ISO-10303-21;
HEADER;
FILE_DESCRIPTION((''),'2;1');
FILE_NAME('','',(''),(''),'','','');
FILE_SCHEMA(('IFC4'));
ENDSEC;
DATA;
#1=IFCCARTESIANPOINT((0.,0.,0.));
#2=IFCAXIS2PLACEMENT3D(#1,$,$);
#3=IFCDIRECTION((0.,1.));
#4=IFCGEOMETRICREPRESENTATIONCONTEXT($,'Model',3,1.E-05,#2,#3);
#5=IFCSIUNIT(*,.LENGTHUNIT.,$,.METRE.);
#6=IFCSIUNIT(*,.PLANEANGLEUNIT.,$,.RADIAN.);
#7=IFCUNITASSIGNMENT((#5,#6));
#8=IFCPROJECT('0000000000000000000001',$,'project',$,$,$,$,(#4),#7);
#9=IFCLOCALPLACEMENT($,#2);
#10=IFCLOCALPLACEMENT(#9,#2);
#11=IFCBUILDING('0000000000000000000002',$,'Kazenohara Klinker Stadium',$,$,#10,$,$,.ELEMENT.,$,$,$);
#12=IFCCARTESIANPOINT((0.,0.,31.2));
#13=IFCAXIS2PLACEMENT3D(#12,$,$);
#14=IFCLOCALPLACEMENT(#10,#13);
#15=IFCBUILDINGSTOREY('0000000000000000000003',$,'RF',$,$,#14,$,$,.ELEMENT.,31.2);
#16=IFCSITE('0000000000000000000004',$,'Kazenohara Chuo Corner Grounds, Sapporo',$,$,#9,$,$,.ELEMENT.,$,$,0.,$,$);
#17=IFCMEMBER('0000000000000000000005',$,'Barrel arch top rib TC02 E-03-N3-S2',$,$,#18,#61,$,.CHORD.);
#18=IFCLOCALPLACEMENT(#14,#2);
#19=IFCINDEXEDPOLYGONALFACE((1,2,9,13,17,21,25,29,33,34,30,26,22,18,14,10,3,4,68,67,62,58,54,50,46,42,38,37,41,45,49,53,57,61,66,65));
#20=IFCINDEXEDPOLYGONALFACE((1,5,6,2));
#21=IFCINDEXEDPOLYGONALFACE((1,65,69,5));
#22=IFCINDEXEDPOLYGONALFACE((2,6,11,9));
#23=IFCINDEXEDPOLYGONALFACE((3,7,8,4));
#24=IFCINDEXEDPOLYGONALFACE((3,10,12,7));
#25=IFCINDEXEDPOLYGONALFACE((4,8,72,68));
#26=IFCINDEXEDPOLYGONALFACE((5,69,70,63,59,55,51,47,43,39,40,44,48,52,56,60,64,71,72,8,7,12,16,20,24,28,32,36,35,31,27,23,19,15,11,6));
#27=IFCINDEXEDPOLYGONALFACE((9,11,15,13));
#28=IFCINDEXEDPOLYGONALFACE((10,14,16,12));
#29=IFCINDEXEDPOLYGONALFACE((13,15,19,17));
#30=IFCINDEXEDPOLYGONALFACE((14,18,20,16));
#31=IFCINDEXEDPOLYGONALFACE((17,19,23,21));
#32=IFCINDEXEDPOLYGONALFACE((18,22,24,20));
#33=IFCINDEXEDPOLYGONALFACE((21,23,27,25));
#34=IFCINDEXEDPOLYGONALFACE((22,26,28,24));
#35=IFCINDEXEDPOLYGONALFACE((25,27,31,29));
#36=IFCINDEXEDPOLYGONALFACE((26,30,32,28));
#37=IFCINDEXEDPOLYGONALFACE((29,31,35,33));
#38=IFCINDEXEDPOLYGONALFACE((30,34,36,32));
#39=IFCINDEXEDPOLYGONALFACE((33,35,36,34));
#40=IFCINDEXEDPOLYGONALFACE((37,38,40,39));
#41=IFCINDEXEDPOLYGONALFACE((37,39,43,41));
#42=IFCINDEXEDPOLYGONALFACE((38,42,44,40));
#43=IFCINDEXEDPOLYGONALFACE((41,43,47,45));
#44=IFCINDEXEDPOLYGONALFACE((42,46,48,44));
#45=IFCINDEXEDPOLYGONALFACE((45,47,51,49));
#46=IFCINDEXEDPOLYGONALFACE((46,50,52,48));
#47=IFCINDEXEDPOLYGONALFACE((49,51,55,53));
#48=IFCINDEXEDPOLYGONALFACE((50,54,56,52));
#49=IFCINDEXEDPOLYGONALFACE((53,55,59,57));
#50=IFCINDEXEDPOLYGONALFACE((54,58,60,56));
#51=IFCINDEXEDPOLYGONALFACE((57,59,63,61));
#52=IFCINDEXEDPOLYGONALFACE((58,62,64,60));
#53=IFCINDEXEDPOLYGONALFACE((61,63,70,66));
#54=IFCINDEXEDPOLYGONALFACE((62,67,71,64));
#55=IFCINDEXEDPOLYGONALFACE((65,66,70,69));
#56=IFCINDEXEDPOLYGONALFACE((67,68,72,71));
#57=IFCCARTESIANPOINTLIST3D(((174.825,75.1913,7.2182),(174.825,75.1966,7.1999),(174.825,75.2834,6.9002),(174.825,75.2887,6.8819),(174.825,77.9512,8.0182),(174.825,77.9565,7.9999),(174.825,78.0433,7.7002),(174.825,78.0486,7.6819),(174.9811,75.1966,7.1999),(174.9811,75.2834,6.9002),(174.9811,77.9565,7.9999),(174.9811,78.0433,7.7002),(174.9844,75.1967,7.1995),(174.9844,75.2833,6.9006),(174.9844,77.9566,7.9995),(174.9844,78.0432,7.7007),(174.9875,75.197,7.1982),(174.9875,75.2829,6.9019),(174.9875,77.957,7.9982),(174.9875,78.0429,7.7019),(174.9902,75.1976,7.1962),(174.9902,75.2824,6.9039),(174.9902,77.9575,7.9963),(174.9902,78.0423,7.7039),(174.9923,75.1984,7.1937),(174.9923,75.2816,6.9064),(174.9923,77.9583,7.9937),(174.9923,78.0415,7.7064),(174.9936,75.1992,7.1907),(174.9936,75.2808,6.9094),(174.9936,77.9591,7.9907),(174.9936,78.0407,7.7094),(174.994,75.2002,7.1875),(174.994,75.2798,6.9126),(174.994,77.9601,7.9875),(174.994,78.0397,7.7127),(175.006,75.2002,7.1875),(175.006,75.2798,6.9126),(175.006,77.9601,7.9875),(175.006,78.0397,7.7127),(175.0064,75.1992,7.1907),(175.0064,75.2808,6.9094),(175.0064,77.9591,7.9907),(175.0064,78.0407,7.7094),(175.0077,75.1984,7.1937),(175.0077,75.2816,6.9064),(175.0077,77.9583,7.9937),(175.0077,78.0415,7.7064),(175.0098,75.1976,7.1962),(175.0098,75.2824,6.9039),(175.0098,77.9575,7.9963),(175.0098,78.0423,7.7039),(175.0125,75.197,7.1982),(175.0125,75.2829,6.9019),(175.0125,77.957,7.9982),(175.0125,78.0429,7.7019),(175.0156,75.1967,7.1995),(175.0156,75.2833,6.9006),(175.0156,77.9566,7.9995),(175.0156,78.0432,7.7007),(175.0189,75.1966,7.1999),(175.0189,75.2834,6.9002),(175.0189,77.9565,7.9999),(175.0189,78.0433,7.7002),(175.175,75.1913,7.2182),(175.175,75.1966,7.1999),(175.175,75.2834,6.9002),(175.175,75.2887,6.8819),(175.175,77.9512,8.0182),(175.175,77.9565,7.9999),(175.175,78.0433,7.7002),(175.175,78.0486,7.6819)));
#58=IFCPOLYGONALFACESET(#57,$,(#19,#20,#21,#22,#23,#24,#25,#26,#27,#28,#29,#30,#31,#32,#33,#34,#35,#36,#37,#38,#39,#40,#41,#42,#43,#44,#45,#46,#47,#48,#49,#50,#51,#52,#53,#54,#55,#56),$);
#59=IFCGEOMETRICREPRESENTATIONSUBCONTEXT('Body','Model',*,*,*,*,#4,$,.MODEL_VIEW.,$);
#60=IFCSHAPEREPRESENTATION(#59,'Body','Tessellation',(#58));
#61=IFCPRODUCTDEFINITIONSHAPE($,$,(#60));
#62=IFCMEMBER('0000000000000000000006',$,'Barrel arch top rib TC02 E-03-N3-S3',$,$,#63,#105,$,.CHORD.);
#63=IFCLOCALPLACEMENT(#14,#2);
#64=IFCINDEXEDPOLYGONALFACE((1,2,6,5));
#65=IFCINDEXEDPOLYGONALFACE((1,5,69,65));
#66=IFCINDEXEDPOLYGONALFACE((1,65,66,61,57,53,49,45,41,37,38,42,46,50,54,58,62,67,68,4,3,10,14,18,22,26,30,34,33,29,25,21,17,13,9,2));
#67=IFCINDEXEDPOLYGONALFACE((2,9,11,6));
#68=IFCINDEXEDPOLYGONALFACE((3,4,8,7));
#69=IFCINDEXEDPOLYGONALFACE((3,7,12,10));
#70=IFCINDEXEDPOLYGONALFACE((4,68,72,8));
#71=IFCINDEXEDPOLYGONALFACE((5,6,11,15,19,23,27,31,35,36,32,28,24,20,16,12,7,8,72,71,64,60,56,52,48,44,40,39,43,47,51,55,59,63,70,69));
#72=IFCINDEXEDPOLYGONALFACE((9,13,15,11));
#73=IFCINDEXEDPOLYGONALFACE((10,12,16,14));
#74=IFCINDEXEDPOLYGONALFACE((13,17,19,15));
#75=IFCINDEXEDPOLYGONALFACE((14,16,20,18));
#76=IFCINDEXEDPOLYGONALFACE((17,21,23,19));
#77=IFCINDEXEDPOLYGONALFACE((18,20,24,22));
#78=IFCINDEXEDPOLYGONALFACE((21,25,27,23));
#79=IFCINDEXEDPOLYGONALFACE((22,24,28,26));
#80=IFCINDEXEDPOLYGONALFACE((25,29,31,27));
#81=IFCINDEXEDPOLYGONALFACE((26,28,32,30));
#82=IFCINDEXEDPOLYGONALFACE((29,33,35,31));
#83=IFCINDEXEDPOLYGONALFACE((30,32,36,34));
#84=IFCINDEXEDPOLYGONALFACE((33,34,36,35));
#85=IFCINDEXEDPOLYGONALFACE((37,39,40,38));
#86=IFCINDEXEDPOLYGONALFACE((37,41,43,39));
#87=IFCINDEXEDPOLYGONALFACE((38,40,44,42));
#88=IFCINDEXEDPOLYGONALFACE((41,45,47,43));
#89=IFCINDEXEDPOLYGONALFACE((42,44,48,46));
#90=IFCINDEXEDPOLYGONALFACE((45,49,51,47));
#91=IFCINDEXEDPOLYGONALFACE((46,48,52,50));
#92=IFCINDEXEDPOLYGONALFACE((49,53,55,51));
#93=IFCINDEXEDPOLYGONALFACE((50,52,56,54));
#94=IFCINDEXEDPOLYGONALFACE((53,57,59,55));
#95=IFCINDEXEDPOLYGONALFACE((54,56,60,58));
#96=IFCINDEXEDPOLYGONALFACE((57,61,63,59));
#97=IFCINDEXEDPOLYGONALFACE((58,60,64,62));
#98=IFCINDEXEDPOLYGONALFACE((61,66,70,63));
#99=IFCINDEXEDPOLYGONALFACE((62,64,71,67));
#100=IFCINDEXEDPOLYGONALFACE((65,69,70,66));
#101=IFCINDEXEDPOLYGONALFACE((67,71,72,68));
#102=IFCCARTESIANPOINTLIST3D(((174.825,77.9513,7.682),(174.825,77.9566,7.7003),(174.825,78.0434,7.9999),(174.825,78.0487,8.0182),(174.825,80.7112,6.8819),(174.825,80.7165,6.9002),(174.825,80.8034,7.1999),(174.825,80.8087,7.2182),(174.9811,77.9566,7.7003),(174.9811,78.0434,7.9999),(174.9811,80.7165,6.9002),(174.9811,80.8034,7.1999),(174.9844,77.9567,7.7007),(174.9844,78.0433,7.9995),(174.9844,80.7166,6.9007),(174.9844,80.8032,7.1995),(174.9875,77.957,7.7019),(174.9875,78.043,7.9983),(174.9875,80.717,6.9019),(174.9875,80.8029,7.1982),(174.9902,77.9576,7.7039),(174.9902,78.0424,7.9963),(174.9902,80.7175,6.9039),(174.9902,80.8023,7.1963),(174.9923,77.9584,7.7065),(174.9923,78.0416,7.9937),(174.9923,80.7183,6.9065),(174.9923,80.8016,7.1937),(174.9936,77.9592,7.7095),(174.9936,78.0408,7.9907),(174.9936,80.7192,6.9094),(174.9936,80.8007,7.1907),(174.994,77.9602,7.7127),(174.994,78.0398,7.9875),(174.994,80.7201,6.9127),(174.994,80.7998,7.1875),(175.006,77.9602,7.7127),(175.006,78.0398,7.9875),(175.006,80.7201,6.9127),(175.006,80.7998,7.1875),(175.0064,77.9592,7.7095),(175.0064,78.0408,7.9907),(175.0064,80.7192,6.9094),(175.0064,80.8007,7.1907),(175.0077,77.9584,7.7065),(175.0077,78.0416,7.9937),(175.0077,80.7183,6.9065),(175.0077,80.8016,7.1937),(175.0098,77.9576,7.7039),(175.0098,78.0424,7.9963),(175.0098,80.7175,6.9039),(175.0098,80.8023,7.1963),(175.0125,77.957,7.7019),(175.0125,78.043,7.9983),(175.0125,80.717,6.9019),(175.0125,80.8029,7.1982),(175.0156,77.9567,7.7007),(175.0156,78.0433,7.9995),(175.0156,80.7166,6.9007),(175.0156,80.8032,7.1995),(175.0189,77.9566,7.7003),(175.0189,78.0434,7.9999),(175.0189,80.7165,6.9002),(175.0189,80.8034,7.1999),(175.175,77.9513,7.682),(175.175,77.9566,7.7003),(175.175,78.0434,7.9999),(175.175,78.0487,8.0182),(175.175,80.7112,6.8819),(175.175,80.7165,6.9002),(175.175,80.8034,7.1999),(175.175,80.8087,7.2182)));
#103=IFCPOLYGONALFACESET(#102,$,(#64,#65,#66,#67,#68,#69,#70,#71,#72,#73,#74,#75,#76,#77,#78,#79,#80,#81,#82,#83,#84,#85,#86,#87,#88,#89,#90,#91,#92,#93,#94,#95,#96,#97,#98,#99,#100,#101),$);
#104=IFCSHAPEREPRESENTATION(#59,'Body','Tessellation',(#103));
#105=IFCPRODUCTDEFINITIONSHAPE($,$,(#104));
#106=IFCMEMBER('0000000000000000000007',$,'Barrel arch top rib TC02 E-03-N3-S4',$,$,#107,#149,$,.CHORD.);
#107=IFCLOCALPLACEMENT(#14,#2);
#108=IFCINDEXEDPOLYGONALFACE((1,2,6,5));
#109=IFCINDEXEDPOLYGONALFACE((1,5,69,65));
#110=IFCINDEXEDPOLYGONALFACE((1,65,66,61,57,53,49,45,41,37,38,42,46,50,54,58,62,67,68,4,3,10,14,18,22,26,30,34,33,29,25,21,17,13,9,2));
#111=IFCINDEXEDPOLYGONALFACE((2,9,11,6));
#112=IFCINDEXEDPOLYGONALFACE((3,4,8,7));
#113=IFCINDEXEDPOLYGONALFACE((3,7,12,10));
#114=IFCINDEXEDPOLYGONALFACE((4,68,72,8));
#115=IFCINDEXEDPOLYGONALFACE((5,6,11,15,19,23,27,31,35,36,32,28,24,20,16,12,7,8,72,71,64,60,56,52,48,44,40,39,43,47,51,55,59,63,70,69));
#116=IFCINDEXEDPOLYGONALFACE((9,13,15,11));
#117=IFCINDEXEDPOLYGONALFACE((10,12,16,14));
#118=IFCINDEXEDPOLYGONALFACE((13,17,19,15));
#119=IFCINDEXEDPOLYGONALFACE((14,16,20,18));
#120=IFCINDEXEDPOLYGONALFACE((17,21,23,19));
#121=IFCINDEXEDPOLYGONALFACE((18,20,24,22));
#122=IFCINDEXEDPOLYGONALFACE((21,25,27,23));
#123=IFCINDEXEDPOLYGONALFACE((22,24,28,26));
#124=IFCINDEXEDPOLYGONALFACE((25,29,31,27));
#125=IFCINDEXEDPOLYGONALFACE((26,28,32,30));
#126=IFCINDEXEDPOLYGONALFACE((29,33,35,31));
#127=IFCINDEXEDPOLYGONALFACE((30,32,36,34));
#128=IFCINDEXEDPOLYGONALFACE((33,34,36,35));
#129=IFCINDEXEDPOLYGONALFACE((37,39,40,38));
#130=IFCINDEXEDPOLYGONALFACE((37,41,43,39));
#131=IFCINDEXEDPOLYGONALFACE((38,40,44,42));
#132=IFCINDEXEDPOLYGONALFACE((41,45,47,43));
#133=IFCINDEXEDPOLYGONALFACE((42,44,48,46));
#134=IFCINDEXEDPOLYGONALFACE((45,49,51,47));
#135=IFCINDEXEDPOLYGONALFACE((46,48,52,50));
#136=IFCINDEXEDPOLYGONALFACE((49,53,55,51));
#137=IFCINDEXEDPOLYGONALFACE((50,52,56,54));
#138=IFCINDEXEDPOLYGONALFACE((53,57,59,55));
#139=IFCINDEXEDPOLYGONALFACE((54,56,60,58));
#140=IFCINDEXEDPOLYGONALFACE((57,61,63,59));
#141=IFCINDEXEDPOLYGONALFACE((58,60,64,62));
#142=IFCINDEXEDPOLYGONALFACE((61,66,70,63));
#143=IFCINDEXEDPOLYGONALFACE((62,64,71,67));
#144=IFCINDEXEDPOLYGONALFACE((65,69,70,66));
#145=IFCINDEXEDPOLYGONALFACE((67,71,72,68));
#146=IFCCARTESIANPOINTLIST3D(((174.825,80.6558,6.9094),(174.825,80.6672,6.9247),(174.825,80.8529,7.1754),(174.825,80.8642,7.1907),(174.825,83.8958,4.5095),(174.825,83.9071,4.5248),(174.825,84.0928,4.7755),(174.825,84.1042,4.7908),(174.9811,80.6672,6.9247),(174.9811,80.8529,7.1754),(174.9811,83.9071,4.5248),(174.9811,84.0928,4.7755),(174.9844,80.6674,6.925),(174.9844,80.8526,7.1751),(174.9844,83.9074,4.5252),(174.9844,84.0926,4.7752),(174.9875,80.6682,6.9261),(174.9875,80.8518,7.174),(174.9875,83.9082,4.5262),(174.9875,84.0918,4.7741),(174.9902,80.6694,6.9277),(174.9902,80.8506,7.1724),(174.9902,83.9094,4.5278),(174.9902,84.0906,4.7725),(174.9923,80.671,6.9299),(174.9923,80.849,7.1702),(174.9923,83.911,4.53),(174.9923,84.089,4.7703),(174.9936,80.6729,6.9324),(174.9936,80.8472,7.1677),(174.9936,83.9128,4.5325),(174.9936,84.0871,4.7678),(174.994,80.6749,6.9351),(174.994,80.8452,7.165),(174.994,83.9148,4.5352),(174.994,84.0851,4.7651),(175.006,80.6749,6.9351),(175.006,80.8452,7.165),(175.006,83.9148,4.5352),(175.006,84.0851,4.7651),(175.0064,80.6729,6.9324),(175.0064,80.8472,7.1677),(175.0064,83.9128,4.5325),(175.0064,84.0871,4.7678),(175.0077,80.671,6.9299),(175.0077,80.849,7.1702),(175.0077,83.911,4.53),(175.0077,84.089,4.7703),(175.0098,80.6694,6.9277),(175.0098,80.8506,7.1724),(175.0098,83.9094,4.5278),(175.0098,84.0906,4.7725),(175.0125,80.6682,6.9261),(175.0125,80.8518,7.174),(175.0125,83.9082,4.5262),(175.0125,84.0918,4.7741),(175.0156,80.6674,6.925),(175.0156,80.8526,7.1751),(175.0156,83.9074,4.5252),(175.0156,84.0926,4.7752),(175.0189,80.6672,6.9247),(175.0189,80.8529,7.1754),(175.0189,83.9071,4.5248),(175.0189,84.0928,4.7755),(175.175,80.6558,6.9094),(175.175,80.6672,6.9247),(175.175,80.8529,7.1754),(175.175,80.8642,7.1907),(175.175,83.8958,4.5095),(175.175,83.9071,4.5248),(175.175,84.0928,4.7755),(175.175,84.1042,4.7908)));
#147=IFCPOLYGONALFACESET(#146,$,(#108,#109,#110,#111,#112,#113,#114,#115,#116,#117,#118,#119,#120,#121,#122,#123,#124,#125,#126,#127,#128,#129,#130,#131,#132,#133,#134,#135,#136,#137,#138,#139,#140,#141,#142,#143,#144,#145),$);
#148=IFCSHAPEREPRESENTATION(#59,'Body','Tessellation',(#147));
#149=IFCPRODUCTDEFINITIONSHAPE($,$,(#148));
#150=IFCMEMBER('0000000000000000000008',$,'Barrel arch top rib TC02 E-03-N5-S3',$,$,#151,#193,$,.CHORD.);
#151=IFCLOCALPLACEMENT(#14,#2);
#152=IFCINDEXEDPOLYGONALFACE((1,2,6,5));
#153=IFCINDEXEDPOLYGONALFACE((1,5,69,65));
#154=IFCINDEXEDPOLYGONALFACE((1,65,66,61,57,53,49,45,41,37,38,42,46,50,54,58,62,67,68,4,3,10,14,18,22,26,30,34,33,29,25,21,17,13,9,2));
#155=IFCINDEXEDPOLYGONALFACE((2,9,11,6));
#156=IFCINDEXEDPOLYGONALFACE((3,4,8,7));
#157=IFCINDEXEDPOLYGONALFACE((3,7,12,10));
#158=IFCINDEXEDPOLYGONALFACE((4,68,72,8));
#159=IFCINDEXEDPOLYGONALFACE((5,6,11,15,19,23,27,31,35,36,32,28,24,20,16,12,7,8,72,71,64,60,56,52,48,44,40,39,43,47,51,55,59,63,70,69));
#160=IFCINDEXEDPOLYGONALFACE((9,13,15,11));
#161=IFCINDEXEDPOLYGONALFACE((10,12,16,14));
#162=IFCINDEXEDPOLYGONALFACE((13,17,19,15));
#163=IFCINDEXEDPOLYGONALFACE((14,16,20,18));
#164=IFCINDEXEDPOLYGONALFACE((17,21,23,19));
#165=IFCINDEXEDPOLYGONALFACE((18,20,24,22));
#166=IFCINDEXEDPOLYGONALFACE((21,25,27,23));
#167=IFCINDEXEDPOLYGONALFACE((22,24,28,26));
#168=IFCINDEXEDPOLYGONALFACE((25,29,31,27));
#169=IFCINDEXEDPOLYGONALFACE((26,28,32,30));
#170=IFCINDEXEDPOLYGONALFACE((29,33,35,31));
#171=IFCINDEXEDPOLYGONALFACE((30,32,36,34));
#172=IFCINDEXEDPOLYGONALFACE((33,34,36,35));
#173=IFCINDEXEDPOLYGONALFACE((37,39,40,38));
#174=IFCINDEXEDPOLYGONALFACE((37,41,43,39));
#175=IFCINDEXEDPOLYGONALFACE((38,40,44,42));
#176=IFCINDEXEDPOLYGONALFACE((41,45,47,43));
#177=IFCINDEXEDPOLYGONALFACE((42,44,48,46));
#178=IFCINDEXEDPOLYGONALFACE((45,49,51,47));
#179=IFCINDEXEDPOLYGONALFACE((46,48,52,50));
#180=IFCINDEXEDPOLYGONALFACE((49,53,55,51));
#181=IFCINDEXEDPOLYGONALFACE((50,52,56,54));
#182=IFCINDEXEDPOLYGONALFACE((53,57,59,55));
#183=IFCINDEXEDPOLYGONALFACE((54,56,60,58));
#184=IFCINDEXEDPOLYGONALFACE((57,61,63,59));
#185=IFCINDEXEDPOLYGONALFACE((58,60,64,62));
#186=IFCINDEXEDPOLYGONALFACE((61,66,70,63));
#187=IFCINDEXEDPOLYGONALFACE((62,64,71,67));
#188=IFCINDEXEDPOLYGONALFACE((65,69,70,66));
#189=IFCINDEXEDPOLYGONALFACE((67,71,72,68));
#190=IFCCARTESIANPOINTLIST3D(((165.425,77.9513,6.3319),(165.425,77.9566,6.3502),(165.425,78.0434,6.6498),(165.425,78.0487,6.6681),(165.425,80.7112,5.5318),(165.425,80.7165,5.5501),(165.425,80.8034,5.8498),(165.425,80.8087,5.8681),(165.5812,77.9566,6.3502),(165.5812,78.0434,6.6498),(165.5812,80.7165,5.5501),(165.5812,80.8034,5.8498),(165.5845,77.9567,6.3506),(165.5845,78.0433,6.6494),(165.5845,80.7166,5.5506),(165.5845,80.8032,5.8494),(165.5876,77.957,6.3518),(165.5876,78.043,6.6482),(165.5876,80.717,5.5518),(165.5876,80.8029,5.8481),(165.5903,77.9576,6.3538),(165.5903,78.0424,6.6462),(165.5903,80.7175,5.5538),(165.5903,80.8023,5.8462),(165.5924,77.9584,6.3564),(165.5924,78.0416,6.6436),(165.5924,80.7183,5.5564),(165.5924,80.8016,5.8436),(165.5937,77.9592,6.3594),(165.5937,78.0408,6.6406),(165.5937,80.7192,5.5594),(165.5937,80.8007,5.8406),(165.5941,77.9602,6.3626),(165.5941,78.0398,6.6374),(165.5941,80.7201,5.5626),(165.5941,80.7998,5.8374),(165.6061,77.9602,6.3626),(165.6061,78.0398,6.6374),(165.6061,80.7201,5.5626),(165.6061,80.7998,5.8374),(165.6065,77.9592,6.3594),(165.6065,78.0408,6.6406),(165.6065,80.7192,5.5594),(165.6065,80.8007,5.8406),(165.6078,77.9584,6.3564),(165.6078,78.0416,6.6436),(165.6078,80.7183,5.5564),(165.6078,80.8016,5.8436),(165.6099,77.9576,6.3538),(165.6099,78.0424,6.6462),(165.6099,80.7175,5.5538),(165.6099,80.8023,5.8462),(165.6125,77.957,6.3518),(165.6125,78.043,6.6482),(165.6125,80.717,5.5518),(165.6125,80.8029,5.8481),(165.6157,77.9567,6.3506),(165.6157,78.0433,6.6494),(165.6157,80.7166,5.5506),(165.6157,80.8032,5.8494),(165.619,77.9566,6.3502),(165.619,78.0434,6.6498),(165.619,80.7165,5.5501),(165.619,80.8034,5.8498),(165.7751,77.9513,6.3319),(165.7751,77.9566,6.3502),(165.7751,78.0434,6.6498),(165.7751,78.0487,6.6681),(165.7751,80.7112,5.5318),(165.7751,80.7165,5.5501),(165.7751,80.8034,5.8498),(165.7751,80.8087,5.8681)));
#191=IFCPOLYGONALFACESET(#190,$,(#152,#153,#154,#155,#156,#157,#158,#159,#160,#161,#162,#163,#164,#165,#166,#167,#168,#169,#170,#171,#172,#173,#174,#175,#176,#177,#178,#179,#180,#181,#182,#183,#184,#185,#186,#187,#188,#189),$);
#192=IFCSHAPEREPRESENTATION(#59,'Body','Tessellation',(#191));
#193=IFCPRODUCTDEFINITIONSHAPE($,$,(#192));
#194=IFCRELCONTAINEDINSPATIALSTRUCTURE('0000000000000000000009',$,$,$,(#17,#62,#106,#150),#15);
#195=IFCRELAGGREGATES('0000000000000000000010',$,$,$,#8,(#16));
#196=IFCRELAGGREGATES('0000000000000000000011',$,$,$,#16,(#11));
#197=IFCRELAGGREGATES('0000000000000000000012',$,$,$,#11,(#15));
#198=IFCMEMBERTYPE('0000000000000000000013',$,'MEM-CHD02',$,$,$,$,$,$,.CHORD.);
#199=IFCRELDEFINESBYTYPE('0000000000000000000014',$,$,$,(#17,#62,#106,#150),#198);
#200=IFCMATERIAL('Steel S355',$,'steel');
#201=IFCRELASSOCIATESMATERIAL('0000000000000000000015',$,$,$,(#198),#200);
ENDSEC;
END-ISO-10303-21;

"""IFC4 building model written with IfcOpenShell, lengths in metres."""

from ifc_helpers import new_model, si_unit, direction, frame, origin, origin_2d, place, context, subcontext, project, spatial, i_section, extrude, material, material_profile, profile_set, type_object, element, save


model = new_model("IFC4")

# Units and contexts
model_context = context("Model", 3, precision=1e-05, world=origin(), true_north=direction((0.0, 1.0)))
body_context = subcontext(model_context, "Body", "Model", "MODEL_VIEW")
ifc_project = project(units=[si_unit("LENGTHUNIT", "METRE"), si_unit("PLANEANGLEUNIT", "RADIAN")], contexts=[model_context])

# Site, building, storey
site_placement = place(None, origin())
site = spatial("IfcSite", under=ifc_project, at=site_placement, Name="Kazenohara Chuo Corner Grounds, Sapporo", CompositionType="ELEMENT", RefElevation=0.0)
building_placement = place(site_placement, origin())
building = spatial("IfcBuilding", under=site, at=building_placement, Name="Kazenohara Klinker Stadium", CompositionType="ELEMENT")
storey_placement = place(building_placement, frame((0.0, 0.0, 31.2)))
storey = spatial("IfcBuildingStorey", under=building, at=storey_placement, Name="RF", CompositionType="ELEMENT", Elevation=31.2)

# Members
ifc_material_1 = material(Name="Steel S355", Category="steel")
ifc_material_profile_1 = material_profile(ifc_material_1, i_section(OverallWidth=0.3501, OverallDepth=0.3501, WebThickness=0.012, FlangeThickness=0.019, FilletRadius=0.0129, at=origin_2d()), Name="H-350x350x12x19")
ifc_profile_set_1 = profile_set([ifc_material_profile_1], Name="Steel S355")
member_type_1 = type_object("IfcMemberType", Name="MEM-CHD02", PredefinedType="CHORD", material=ifc_profile_set_1)
for number, where, z_axis, x_axis, name in (
    (1, (175.0, 75.24, 7.05), (0.0, 0.960462, 0.278411), (-1.0, 0.0, 0.0), "Barrel arch top rib TC02 E-03-N3-S2"),
    (2, (175.0, 78.0, 7.8501), (0.0, 0.960462, -0.278411), (-1.0, 0.0, 0.0), "Barrel arch top rib TC02 E-03-N3-S3"),
):
    element("IfcMember", number, at=place(storey_placement, frame(where, z_axis=z_axis, x_axis=x_axis)), inside=storey, type_object=member_type_1, Name=name, PredefinedType="CHORD", context=body_context, shape_type="SweptSolid", body=[
        extrude(i_section(OverallWidth=0.3501, OverallDepth=0.3501, WebThickness=0.012, FlangeThickness=0.019, FilletRadius=0.0129, at=origin_2d()), origin(), (0.0, 0.0, 1.0), 2.8735),
    ])
member_1_placement = place(storey_placement, frame((175.0, 80.76, 7.05), z_axis=(0.0, 0.803568, -0.595213), x_axis=(-1.0, 0.0, 0.0)))
element("IfcMember", 3, at=member_1_placement, inside=storey, type_object=member_type_1, Name="Barrel arch top rib TC02 E-03-N3-S4", PredefinedType="CHORD", context=body_context, shape_type="SweptSolid", body=[
    extrude(i_section(OverallWidth=0.3501, OverallDepth=0.3501, WebThickness=0.012, FlangeThickness=0.019, FilletRadius=0.0129, at=origin_2d()), origin(), (0.0, 0.0, 1.0), 4.032),
])
member_2_placement = place(storey_placement, frame((165.6001, 78.0, 6.5), z_axis=(0.0, 0.960462, -0.278411), x_axis=(-1.0, 0.0, 0.0)))
element("IfcMember", 4, at=member_2_placement, inside=storey, type_object=member_type_1, Name="Barrel arch top rib TC02 E-03-N5-S3", PredefinedType="CHORD", context=body_context, shape_type="SweptSolid", body=[
    extrude(i_section(OverallWidth=0.3501, OverallDepth=0.3501, WebThickness=0.012, FlangeThickness=0.019, FilletRadius=0.0129, at=origin_2d()), origin(), (0.0, 0.0, 1.0), 2.8735),
])

save(model, "model.ifc")
